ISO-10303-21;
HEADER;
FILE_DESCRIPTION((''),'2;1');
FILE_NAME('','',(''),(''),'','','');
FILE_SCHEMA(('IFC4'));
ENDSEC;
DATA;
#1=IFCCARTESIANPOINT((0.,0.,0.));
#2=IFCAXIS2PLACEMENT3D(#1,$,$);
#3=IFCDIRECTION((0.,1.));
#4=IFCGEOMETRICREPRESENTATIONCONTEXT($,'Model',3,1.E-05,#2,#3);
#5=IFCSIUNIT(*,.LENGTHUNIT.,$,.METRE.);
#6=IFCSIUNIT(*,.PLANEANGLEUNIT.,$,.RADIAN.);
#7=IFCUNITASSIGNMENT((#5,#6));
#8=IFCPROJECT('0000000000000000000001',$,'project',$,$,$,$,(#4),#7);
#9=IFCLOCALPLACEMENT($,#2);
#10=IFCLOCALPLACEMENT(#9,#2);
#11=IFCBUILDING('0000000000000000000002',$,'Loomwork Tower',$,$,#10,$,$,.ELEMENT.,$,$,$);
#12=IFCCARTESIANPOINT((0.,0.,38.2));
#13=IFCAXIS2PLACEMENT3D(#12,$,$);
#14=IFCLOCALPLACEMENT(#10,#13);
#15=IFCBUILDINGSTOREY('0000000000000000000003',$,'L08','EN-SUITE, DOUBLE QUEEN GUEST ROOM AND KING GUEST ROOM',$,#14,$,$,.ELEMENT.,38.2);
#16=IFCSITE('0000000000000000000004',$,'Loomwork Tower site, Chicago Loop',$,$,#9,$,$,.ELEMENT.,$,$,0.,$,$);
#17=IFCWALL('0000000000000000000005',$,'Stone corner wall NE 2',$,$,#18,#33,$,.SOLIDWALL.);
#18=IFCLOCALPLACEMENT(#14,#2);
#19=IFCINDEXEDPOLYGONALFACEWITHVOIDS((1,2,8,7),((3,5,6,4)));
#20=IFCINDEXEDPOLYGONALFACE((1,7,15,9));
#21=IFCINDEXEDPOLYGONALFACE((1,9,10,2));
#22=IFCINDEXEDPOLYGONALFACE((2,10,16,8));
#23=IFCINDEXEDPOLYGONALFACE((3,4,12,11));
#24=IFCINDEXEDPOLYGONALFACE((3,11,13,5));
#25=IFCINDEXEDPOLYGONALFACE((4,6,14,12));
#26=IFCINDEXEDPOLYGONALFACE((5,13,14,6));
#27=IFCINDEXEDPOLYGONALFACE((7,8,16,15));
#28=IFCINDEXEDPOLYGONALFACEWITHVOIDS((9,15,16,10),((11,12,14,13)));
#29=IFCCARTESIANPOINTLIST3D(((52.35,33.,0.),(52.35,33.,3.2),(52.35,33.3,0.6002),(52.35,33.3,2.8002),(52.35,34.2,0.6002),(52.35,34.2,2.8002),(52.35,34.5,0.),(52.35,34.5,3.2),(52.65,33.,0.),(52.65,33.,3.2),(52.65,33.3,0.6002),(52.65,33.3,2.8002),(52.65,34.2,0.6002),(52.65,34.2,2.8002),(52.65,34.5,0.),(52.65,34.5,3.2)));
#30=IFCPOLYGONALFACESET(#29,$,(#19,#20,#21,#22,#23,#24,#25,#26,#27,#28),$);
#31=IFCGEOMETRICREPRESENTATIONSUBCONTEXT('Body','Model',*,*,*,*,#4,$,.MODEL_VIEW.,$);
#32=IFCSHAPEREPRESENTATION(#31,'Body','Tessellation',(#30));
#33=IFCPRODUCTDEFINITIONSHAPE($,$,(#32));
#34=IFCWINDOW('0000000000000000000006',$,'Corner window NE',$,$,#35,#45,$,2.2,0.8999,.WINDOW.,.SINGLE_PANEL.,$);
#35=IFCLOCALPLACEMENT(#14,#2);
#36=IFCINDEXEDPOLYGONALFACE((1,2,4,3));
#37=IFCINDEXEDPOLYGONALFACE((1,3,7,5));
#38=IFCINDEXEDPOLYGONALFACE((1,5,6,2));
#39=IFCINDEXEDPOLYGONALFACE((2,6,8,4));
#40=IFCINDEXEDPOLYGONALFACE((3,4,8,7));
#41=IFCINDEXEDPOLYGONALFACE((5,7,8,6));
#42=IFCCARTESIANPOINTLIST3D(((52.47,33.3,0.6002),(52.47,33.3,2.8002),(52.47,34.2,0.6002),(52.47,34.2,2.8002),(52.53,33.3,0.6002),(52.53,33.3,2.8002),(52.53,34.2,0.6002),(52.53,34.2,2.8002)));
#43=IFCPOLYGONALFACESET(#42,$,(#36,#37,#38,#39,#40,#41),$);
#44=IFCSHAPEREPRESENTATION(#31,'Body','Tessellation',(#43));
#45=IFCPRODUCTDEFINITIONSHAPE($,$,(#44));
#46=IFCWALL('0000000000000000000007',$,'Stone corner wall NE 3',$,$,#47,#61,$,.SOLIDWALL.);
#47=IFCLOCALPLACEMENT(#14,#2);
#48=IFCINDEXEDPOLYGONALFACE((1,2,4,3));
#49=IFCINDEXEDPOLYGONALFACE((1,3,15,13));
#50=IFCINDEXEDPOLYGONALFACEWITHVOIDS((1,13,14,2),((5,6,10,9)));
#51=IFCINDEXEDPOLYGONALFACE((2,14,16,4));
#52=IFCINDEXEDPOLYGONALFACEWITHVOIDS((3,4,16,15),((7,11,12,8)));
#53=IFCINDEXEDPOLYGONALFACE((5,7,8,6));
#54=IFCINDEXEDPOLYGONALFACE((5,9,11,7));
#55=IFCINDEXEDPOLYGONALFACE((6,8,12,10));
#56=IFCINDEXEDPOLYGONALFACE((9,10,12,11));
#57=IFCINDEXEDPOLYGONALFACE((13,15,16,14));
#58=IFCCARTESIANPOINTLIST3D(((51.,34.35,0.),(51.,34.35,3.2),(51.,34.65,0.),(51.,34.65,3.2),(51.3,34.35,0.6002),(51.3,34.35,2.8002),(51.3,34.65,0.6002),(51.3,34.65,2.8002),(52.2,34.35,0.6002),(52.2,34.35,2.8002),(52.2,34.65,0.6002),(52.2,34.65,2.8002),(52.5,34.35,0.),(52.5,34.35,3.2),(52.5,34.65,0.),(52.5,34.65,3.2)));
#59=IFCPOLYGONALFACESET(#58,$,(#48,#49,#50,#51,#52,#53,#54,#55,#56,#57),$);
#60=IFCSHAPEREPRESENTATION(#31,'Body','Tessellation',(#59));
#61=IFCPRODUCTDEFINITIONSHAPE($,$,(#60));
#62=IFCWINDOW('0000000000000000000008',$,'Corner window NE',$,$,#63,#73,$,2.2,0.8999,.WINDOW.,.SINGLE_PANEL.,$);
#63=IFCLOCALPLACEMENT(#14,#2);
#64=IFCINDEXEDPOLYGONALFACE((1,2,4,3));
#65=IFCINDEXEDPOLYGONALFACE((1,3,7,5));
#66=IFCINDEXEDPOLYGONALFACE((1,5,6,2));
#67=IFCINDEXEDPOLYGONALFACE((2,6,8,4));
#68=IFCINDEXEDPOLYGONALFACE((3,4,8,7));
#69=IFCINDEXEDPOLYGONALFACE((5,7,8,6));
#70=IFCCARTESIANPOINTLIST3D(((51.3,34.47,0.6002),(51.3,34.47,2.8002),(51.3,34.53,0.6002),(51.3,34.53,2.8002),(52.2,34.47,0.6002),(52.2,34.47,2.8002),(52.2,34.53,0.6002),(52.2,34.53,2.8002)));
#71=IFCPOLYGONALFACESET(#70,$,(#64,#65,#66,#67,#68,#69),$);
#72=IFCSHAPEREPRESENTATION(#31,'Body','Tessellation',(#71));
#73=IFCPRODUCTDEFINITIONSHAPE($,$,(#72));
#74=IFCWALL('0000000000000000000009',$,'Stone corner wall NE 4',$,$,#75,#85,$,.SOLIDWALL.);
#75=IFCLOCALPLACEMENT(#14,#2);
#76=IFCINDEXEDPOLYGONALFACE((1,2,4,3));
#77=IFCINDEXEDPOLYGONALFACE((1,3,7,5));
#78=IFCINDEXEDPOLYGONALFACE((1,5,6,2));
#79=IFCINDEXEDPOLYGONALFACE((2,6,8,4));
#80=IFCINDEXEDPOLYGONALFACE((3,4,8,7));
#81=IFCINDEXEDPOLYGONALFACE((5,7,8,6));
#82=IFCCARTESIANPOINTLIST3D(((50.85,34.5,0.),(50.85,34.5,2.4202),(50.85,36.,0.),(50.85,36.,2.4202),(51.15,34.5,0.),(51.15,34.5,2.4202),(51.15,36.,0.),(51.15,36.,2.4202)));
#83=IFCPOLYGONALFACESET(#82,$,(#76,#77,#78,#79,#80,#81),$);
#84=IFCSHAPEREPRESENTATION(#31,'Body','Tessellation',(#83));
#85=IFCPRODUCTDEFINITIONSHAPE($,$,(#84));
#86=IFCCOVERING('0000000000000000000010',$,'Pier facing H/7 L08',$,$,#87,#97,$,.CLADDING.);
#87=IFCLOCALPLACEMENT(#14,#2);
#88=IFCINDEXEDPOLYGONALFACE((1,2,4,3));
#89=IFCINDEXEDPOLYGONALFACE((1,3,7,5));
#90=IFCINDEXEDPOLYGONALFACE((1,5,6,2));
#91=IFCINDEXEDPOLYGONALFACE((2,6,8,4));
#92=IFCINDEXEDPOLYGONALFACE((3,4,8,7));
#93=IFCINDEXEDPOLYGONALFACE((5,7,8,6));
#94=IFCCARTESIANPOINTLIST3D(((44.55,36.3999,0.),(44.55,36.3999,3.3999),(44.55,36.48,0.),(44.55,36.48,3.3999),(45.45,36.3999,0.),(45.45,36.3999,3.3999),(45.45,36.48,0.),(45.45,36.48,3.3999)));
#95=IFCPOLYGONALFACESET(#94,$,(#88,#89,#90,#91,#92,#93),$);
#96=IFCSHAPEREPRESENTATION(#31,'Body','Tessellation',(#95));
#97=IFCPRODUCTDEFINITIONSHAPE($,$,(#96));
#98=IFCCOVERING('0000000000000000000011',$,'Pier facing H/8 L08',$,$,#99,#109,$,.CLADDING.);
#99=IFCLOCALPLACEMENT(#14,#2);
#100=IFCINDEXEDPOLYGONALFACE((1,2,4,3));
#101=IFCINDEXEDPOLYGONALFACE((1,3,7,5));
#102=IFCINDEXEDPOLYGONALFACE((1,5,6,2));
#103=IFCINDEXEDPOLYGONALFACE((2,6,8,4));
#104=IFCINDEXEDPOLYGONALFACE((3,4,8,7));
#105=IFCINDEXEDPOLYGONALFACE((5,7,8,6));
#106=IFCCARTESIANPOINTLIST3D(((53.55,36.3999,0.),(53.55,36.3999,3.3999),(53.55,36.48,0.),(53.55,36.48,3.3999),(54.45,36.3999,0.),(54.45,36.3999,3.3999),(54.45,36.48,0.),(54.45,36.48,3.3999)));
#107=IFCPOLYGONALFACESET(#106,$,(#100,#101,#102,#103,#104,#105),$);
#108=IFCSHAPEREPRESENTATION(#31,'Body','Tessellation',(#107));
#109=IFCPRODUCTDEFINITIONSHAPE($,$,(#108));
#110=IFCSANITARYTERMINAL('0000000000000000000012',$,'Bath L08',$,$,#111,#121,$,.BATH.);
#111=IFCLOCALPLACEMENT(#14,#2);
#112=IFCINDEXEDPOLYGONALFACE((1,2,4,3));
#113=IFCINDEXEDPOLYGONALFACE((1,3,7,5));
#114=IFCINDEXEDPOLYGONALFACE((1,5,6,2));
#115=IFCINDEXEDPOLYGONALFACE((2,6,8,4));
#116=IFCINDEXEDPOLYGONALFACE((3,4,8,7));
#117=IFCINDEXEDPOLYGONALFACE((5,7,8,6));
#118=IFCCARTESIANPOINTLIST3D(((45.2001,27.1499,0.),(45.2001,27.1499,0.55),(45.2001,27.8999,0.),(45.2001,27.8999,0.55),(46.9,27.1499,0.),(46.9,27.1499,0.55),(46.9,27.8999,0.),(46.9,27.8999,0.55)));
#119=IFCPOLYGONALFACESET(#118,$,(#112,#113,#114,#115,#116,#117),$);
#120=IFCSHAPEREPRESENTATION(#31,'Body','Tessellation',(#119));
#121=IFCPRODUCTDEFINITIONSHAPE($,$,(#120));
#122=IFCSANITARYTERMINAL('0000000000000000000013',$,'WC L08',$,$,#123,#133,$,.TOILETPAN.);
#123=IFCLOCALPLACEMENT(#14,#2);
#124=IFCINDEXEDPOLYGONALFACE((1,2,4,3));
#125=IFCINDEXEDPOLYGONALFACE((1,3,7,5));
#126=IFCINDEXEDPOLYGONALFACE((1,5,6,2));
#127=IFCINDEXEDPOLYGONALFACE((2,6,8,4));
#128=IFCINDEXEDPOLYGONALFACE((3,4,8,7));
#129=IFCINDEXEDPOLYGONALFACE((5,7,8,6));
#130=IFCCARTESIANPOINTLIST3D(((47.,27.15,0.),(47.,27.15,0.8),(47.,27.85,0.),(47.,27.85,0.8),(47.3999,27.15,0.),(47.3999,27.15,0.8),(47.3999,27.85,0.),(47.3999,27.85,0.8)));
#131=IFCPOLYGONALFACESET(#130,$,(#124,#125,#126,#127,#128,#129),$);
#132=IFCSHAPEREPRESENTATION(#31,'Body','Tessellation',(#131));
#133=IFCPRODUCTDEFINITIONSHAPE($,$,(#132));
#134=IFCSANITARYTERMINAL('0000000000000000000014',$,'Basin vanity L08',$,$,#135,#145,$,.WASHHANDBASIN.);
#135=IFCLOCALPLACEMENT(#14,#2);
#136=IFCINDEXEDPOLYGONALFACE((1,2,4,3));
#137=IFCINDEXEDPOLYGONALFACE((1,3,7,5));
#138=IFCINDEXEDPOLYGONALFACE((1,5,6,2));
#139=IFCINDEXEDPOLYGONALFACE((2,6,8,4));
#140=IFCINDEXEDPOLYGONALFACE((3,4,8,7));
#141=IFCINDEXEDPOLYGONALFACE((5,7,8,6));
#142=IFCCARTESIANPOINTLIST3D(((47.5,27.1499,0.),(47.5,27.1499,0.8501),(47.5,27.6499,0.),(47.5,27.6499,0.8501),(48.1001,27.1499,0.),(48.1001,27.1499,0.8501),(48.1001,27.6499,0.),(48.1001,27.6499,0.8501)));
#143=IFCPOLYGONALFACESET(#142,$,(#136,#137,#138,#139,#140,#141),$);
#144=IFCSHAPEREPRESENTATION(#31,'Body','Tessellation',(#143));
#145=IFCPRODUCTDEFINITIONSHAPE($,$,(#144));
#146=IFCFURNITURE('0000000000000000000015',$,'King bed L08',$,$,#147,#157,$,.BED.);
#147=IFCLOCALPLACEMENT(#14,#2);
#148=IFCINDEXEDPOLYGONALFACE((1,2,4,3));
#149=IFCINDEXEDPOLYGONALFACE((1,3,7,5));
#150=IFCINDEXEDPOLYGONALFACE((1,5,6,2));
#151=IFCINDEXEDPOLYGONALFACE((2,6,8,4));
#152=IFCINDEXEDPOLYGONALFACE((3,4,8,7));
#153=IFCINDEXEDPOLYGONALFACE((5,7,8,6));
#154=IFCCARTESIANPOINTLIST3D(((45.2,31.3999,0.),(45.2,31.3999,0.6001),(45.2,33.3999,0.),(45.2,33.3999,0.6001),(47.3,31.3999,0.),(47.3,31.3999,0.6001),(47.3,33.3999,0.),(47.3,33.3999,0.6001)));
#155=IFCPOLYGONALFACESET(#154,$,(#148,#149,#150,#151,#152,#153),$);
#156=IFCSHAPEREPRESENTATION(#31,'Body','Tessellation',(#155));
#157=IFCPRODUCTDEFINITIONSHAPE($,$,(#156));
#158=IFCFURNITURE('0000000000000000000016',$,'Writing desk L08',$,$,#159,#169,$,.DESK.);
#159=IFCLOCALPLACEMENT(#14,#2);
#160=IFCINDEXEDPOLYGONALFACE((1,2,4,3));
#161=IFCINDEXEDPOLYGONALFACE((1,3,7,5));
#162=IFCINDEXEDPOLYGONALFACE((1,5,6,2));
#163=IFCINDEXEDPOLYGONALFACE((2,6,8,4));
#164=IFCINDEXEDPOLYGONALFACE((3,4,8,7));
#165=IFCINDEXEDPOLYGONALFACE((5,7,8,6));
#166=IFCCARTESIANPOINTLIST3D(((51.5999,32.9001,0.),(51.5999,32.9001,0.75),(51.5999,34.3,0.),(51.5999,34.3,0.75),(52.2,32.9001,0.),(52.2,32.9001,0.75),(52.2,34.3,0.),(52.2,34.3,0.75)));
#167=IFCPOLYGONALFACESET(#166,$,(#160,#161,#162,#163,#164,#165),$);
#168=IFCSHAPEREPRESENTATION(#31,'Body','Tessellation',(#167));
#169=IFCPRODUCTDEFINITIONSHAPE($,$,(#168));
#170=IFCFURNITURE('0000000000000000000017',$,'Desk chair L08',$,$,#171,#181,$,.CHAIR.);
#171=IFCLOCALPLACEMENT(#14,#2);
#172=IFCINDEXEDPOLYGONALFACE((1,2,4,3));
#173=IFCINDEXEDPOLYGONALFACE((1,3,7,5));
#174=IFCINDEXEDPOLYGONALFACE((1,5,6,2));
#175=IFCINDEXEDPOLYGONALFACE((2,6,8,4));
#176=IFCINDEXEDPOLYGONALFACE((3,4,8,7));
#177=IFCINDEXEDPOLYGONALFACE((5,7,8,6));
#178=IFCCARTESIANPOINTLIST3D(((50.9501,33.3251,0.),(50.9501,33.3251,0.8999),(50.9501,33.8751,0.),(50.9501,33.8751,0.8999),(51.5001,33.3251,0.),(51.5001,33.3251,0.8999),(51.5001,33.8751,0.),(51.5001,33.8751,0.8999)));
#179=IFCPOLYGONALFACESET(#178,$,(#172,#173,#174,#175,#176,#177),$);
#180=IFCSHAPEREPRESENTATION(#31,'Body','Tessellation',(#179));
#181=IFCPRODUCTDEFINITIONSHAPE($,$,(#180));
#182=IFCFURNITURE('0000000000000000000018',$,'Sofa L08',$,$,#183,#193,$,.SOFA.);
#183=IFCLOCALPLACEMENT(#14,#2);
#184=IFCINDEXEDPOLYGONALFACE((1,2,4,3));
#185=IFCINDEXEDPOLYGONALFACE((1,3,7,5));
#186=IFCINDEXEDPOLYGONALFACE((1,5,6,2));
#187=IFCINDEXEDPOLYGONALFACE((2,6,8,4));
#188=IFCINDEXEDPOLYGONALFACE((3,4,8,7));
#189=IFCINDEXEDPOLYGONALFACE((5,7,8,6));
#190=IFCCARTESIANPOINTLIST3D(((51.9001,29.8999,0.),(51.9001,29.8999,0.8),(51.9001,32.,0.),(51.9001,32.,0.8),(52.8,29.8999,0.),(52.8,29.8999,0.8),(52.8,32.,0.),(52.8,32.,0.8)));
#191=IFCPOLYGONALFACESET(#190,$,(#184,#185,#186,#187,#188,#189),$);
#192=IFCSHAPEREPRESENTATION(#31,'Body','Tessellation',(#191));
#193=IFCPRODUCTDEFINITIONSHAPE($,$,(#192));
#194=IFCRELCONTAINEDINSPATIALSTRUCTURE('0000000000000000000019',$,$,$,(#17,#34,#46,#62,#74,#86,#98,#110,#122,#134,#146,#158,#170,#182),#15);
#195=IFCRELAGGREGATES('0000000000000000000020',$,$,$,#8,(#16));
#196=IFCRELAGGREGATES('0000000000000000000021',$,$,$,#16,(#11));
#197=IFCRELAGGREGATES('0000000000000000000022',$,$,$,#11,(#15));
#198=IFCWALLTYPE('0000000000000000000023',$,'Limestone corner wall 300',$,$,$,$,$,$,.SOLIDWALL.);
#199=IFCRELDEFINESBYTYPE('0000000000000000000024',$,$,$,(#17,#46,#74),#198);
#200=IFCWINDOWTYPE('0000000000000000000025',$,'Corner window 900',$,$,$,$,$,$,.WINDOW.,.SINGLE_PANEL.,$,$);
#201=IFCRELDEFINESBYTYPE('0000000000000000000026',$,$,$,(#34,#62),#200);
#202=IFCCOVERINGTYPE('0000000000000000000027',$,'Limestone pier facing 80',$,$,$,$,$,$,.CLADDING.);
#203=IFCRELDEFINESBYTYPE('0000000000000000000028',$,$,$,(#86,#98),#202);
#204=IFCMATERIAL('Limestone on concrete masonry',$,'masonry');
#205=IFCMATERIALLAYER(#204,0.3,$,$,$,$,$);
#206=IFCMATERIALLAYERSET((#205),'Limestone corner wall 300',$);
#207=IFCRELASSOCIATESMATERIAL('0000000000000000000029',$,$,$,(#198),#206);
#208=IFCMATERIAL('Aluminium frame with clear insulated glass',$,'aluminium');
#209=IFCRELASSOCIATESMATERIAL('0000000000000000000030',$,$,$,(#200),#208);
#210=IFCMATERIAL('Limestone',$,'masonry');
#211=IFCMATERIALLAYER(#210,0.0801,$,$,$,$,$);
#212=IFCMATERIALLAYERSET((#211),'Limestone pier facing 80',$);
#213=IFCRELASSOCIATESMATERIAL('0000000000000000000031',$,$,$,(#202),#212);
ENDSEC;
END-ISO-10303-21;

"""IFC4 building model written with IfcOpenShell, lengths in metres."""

from ifc_helpers import new_model, si_unit, direction, frame, frame_2d, origin, origin_2d, place, context, subcontext, project, spatial, rectangle, extrude, material, layer, layer_set, type_object, element, fill, save


model = new_model("IFC4")

# Units and contexts
model_context = context("Model", 3, precision=1e-05, world=origin(), true_north=direction((0.0, 1.0)))
body_context = subcontext(model_context, "Body", "Model", "MODEL_VIEW")
ifc_project = project(units=[si_unit("LENGTHUNIT", "METRE"), si_unit("PLANEANGLEUNIT", "RADIAN")], contexts=[model_context])

# Site, building, storey
site_placement = place(None, origin())
site = spatial("IfcSite", under=ifc_project, at=site_placement, Name="Loomwork Tower site, Chicago Loop", CompositionType="ELEMENT", RefElevation=0.0)
building_placement = place(site_placement, origin())
building = spatial("IfcBuilding", under=site, at=building_placement, Name="Loomwork Tower", CompositionType="ELEMENT")
storey_placement = place(building_placement, frame((0.0, 0.0, 38.2)))
storey = spatial("IfcBuildingStorey", under=building, at=storey_placement, Name="L08", Description="EN-SUITE, DOUBLE QUEEN GUEST ROOM AND KING GUEST ROOM", CompositionType="ELEMENT", Elevation=38.2)

# Shared definitions
ifc_material_1 = material(Name="Limestone on concrete masonry", Category="masonry")
ifc_layer_1 = layer(ifc_material_1, 0.3)
ifc_layer_set_1 = layer_set([ifc_layer_1], Name="Limestone corner wall 300")
wall_type_1 = type_object("IfcWallType", Name="Limestone corner wall 300", PredefinedType="SOLIDWALL", material=ifc_layer_set_1)

# Walls, openings, windows
wall_1_placement = place(storey_placement, frame((52.5, 33.0, 0.0), z_axis=(0.0, 0.0, 1.0), x_axis=(0.0, 1.0, 0.0)))
wall_1 = element("IfcWall", 1, at=wall_1_placement, inside=storey, type_object=wall_type_1, Name="Stone corner wall NE 2", PredefinedType="SOLIDWALL", context=body_context, shape_type="SweptSolid", body=[
    extrude(rectangle(XDim=1.5, YDim=0.3, at=frame_2d((0.75, 0.0))), origin(), (0.0, 0.0, 1.0), 3.2),
])
opening_1_placement = place(wall_1_placement, frame((0.3, 0.0, 0.6001)))
opening_1 = element("IfcOpeningElement", 2, at=opening_1_placement, cuts=wall_1, PredefinedType="OPENING", context=body_context, shape_type="SweptSolid", body=[
    extrude(rectangle(XDim=0.8999, YDim=2.2, at=frame_2d((0.45, 1.1001))), frame((0.0, 0.1599, 0.0), z_axis=(0.0, -1.0, 0.0), x_axis=(1.0, 0.0, 0.0)), (0.0, 0.0, 1.0), 0.3201),
])
ifc_material_2 = material(Name="Aluminium frame with clear insulated glass", Category="aluminium")
window_type_1 = type_object("IfcWindowType", Name="Corner window 900", PartitioningType="SINGLE_PANEL", PredefinedType="WINDOW", material=ifc_material_2)
window_1_placement = place(opening_1_placement, origin())
window_1 = element("IfcWindow", 3, at=window_1_placement, inside=storey, type_object=window_type_1, Name="Corner window NE", OverallHeight=2.2, OverallWidth=0.8999, PartitioningType="SINGLE_PANEL", PredefinedType="WINDOW", context=body_context, shape_type="SweptSolid", body=[
    extrude(rectangle(XDim=0.8999, YDim=2.2, at=frame_2d((0.45, 1.1001))), frame((0.0, 0.03, 0.0), z_axis=(0.0, -1.0, 0.0), x_axis=(1.0, 0.0, 0.0)), (0.0, 0.0, 1.0), 0.0601),
])
fill(opening_1, window_1)
wall_2_placement = place(storey_placement, frame((52.5, 34.5, 0.0), z_axis=(0.0, 0.0, 1.0), x_axis=(-1.0, 0.0, 0.0)))
wall_2 = element("IfcWall", 4, at=wall_2_placement, inside=storey, type_object=wall_type_1, Name="Stone corner wall NE 3", PredefinedType="SOLIDWALL", context=body_context, shape_type="SweptSolid", body=[
    extrude(rectangle(XDim=1.5, YDim=0.3, at=frame_2d((0.75, 0.0))), origin(), (0.0, 0.0, 1.0), 3.2),
])
opening_2_placement = place(wall_2_placement, frame((0.3, 0.0, 0.6001)))
opening_2 = element("IfcOpeningElement", 5, at=opening_2_placement, cuts=wall_2, PredefinedType="OPENING", context=body_context, shape_type="SweptSolid", body=[
    extrude(rectangle(XDim=0.8999, YDim=2.2, at=frame_2d((0.45, 1.1001))), frame((0.0, 0.1599, 0.0), z_axis=(0.0, -1.0, 0.0), x_axis=(1.0, 0.0, 0.0)), (0.0, 0.0, 1.0), 0.3201),
])
window_2_placement = place(opening_2_placement, origin())
window_2 = element("IfcWindow", 6, at=window_2_placement, inside=storey, type_object=window_type_1, Name="Corner window NE", OverallHeight=2.2, OverallWidth=0.8999, PartitioningType="SINGLE_PANEL", PredefinedType="WINDOW", context=body_context, shape_type="SweptSolid", body=[
    extrude(rectangle(XDim=0.8999, YDim=2.2, at=frame_2d((0.45, 1.1001))), frame((0.0, 0.03, 0.0), z_axis=(0.0, -1.0, 0.0), x_axis=(1.0, 0.0, 0.0)), (0.0, 0.0, 1.0), 0.0601),
])
fill(opening_2, window_2)

# Wall
wall_3_placement = place(storey_placement, frame((51.0, 34.5, 0.0), z_axis=(0.0, 0.0, 1.0), x_axis=(0.0, 1.0, 0.0)))
element("IfcWall", 7, at=wall_3_placement, inside=storey, type_object=wall_type_1, Name="Stone corner wall NE 4", PredefinedType="SOLIDWALL", context=body_context, shape_type="SweptSolid", body=[
    extrude(rectangle(XDim=1.5, YDim=0.3, at=frame_2d((0.75, 0.0))), origin(), (0.0, 0.0, 1.0), 2.4202),
])

# Coverings
ifc_material_3 = material(Name="Limestone", Category="masonry")
ifc_layer_2 = layer(ifc_material_3, 0.0801)
ifc_layer_set_2 = layer_set([ifc_layer_2], Name="Limestone pier facing 80")
covering_type = type_object("IfcCoveringType", Name="Limestone pier facing 80", PredefinedType="CLADDING", material=ifc_layer_set_2)
for number, where, z_axis, x_axis, name in (
    (8, (45.0, 36.4399, 0.0), (0.0, 0.0, 1.0), (1.0, 0.0, 0.0), "Pier facing H/7 L08"),
    (9, (54.0, 36.4399, 0.0), (0.0, 0.0, 1.0), (1.0, 0.0, 0.0), "Pier facing H/8 L08"),
):
    element("IfcCovering", number, at=place(storey_placement, frame(where, z_axis=z_axis, x_axis=x_axis)), inside=storey, type_object=covering_type, Name=name, PredefinedType="CLADDING", context=body_context, shape_type="SweptSolid", body=[
        extrude(rectangle(XDim=0.8999, YDim=0.0801, at=origin_2d()), origin(), (0.0, 0.0, 1.0), 3.3999),
    ])

# Sanitary terminals
sanitary_terminal_1_placement = place(storey_placement, frame((46.05, 27.5249, 0.0), z_axis=(0.0, 0.0, 1.0), x_axis=(1.0, 0.0, 0.0)))
element("IfcSanitaryTerminal", 10, at=sanitary_terminal_1_placement, inside=storey, Name="Bath L08", PredefinedType="BATH", context=body_context, shape_type="SweptSolid", body=[
    extrude(rectangle(XDim=1.7, YDim=0.75, at=origin_2d()), origin(), (0.0, 0.0, 1.0), 0.55),
])
sanitary_terminal_2_placement = place(storey_placement, frame((47.2, 27.5, 0.0), z_axis=(0.0, 0.0, 1.0), x_axis=(1.0, 0.0, 0.0)))
element("IfcSanitaryTerminal", 11, at=sanitary_terminal_2_placement, inside=storey, Name="WC L08", PredefinedType="TOILETPAN", context=body_context, shape_type="SweptSolid", body=[
    extrude(rectangle(XDim=0.3999, YDim=0.7, at=origin_2d()), origin(), (0.0, 0.0, 1.0), 0.8),
])
sanitary_terminal_3_placement = place(storey_placement, frame((47.8, 27.3999, 0.0), z_axis=(0.0, 0.0, 1.0), x_axis=(1.0, 0.0, 0.0)))
element("IfcSanitaryTerminal", 12, at=sanitary_terminal_3_placement, inside=storey, Name="Basin vanity L08", PredefinedType="WASHHANDBASIN", context=body_context, shape_type="SweptSolid", body=[
    extrude(rectangle(XDim=0.6001, YDim=0.5, at=origin_2d()), origin(), (0.0, 0.0, 1.0), 0.8501),
])

# Furniture
furniture_1_placement = place(storey_placement, frame((46.25, 32.3999, 0.0), z_axis=(0.0, 0.0, 1.0), x_axis=(1.0, 0.0, 0.0)))
element("IfcFurniture", 13, at=furniture_1_placement, inside=storey, Name="King bed L08", PredefinedType="BED", context=body_context, shape_type="SweptSolid", body=[
    extrude(rectangle(XDim=2.1001, YDim=2.0, at=origin_2d()), origin(), (0.0, 0.0, 1.0), 0.6001),
])
furniture_2_placement = place(storey_placement, frame((51.8999, 33.6001, 0.0), z_axis=(0.0, 0.0, 1.0), x_axis=(1.0, 0.0, 0.0)))
element("IfcFurniture", 14, at=furniture_2_placement, inside=storey, Name="Writing desk L08", PredefinedType="DESK", context=body_context, shape_type="SweptSolid", body=[
    extrude(rectangle(XDim=0.6001, YDim=1.3999, at=origin_2d()), origin(), (0.0, 0.0, 1.0), 0.75),
])
furniture_3_placement = place(storey_placement, frame((51.2251, 33.6001, 0.0), z_axis=(0.0, 0.0, 1.0), x_axis=(1.0, 0.0, 0.0)))
element("IfcFurniture", 15, at=furniture_3_placement, inside=storey, Name="Desk chair L08", PredefinedType="CHAIR", context=body_context, shape_type="SweptSolid", body=[
    extrude(rectangle(XDim=0.55, YDim=0.55, at=origin_2d()), origin(), (0.0, 0.0, 1.0), 0.8999),
])
furniture_4_placement = place(storey_placement, frame((52.3501, 30.95, 0.0), z_axis=(0.0, 0.0, 1.0), x_axis=(1.0, 0.0, 0.0)))
element("IfcFurniture", 16, at=furniture_4_placement, inside=storey, Name="Sofa L08", PredefinedType="SOFA", context=body_context, shape_type="SweptSolid", body=[
    extrude(rectangle(XDim=0.8999, YDim=2.1001, at=origin_2d()), origin(), (0.0, 0.0, 1.0), 0.8),
])

save(model, "model.ifc")
